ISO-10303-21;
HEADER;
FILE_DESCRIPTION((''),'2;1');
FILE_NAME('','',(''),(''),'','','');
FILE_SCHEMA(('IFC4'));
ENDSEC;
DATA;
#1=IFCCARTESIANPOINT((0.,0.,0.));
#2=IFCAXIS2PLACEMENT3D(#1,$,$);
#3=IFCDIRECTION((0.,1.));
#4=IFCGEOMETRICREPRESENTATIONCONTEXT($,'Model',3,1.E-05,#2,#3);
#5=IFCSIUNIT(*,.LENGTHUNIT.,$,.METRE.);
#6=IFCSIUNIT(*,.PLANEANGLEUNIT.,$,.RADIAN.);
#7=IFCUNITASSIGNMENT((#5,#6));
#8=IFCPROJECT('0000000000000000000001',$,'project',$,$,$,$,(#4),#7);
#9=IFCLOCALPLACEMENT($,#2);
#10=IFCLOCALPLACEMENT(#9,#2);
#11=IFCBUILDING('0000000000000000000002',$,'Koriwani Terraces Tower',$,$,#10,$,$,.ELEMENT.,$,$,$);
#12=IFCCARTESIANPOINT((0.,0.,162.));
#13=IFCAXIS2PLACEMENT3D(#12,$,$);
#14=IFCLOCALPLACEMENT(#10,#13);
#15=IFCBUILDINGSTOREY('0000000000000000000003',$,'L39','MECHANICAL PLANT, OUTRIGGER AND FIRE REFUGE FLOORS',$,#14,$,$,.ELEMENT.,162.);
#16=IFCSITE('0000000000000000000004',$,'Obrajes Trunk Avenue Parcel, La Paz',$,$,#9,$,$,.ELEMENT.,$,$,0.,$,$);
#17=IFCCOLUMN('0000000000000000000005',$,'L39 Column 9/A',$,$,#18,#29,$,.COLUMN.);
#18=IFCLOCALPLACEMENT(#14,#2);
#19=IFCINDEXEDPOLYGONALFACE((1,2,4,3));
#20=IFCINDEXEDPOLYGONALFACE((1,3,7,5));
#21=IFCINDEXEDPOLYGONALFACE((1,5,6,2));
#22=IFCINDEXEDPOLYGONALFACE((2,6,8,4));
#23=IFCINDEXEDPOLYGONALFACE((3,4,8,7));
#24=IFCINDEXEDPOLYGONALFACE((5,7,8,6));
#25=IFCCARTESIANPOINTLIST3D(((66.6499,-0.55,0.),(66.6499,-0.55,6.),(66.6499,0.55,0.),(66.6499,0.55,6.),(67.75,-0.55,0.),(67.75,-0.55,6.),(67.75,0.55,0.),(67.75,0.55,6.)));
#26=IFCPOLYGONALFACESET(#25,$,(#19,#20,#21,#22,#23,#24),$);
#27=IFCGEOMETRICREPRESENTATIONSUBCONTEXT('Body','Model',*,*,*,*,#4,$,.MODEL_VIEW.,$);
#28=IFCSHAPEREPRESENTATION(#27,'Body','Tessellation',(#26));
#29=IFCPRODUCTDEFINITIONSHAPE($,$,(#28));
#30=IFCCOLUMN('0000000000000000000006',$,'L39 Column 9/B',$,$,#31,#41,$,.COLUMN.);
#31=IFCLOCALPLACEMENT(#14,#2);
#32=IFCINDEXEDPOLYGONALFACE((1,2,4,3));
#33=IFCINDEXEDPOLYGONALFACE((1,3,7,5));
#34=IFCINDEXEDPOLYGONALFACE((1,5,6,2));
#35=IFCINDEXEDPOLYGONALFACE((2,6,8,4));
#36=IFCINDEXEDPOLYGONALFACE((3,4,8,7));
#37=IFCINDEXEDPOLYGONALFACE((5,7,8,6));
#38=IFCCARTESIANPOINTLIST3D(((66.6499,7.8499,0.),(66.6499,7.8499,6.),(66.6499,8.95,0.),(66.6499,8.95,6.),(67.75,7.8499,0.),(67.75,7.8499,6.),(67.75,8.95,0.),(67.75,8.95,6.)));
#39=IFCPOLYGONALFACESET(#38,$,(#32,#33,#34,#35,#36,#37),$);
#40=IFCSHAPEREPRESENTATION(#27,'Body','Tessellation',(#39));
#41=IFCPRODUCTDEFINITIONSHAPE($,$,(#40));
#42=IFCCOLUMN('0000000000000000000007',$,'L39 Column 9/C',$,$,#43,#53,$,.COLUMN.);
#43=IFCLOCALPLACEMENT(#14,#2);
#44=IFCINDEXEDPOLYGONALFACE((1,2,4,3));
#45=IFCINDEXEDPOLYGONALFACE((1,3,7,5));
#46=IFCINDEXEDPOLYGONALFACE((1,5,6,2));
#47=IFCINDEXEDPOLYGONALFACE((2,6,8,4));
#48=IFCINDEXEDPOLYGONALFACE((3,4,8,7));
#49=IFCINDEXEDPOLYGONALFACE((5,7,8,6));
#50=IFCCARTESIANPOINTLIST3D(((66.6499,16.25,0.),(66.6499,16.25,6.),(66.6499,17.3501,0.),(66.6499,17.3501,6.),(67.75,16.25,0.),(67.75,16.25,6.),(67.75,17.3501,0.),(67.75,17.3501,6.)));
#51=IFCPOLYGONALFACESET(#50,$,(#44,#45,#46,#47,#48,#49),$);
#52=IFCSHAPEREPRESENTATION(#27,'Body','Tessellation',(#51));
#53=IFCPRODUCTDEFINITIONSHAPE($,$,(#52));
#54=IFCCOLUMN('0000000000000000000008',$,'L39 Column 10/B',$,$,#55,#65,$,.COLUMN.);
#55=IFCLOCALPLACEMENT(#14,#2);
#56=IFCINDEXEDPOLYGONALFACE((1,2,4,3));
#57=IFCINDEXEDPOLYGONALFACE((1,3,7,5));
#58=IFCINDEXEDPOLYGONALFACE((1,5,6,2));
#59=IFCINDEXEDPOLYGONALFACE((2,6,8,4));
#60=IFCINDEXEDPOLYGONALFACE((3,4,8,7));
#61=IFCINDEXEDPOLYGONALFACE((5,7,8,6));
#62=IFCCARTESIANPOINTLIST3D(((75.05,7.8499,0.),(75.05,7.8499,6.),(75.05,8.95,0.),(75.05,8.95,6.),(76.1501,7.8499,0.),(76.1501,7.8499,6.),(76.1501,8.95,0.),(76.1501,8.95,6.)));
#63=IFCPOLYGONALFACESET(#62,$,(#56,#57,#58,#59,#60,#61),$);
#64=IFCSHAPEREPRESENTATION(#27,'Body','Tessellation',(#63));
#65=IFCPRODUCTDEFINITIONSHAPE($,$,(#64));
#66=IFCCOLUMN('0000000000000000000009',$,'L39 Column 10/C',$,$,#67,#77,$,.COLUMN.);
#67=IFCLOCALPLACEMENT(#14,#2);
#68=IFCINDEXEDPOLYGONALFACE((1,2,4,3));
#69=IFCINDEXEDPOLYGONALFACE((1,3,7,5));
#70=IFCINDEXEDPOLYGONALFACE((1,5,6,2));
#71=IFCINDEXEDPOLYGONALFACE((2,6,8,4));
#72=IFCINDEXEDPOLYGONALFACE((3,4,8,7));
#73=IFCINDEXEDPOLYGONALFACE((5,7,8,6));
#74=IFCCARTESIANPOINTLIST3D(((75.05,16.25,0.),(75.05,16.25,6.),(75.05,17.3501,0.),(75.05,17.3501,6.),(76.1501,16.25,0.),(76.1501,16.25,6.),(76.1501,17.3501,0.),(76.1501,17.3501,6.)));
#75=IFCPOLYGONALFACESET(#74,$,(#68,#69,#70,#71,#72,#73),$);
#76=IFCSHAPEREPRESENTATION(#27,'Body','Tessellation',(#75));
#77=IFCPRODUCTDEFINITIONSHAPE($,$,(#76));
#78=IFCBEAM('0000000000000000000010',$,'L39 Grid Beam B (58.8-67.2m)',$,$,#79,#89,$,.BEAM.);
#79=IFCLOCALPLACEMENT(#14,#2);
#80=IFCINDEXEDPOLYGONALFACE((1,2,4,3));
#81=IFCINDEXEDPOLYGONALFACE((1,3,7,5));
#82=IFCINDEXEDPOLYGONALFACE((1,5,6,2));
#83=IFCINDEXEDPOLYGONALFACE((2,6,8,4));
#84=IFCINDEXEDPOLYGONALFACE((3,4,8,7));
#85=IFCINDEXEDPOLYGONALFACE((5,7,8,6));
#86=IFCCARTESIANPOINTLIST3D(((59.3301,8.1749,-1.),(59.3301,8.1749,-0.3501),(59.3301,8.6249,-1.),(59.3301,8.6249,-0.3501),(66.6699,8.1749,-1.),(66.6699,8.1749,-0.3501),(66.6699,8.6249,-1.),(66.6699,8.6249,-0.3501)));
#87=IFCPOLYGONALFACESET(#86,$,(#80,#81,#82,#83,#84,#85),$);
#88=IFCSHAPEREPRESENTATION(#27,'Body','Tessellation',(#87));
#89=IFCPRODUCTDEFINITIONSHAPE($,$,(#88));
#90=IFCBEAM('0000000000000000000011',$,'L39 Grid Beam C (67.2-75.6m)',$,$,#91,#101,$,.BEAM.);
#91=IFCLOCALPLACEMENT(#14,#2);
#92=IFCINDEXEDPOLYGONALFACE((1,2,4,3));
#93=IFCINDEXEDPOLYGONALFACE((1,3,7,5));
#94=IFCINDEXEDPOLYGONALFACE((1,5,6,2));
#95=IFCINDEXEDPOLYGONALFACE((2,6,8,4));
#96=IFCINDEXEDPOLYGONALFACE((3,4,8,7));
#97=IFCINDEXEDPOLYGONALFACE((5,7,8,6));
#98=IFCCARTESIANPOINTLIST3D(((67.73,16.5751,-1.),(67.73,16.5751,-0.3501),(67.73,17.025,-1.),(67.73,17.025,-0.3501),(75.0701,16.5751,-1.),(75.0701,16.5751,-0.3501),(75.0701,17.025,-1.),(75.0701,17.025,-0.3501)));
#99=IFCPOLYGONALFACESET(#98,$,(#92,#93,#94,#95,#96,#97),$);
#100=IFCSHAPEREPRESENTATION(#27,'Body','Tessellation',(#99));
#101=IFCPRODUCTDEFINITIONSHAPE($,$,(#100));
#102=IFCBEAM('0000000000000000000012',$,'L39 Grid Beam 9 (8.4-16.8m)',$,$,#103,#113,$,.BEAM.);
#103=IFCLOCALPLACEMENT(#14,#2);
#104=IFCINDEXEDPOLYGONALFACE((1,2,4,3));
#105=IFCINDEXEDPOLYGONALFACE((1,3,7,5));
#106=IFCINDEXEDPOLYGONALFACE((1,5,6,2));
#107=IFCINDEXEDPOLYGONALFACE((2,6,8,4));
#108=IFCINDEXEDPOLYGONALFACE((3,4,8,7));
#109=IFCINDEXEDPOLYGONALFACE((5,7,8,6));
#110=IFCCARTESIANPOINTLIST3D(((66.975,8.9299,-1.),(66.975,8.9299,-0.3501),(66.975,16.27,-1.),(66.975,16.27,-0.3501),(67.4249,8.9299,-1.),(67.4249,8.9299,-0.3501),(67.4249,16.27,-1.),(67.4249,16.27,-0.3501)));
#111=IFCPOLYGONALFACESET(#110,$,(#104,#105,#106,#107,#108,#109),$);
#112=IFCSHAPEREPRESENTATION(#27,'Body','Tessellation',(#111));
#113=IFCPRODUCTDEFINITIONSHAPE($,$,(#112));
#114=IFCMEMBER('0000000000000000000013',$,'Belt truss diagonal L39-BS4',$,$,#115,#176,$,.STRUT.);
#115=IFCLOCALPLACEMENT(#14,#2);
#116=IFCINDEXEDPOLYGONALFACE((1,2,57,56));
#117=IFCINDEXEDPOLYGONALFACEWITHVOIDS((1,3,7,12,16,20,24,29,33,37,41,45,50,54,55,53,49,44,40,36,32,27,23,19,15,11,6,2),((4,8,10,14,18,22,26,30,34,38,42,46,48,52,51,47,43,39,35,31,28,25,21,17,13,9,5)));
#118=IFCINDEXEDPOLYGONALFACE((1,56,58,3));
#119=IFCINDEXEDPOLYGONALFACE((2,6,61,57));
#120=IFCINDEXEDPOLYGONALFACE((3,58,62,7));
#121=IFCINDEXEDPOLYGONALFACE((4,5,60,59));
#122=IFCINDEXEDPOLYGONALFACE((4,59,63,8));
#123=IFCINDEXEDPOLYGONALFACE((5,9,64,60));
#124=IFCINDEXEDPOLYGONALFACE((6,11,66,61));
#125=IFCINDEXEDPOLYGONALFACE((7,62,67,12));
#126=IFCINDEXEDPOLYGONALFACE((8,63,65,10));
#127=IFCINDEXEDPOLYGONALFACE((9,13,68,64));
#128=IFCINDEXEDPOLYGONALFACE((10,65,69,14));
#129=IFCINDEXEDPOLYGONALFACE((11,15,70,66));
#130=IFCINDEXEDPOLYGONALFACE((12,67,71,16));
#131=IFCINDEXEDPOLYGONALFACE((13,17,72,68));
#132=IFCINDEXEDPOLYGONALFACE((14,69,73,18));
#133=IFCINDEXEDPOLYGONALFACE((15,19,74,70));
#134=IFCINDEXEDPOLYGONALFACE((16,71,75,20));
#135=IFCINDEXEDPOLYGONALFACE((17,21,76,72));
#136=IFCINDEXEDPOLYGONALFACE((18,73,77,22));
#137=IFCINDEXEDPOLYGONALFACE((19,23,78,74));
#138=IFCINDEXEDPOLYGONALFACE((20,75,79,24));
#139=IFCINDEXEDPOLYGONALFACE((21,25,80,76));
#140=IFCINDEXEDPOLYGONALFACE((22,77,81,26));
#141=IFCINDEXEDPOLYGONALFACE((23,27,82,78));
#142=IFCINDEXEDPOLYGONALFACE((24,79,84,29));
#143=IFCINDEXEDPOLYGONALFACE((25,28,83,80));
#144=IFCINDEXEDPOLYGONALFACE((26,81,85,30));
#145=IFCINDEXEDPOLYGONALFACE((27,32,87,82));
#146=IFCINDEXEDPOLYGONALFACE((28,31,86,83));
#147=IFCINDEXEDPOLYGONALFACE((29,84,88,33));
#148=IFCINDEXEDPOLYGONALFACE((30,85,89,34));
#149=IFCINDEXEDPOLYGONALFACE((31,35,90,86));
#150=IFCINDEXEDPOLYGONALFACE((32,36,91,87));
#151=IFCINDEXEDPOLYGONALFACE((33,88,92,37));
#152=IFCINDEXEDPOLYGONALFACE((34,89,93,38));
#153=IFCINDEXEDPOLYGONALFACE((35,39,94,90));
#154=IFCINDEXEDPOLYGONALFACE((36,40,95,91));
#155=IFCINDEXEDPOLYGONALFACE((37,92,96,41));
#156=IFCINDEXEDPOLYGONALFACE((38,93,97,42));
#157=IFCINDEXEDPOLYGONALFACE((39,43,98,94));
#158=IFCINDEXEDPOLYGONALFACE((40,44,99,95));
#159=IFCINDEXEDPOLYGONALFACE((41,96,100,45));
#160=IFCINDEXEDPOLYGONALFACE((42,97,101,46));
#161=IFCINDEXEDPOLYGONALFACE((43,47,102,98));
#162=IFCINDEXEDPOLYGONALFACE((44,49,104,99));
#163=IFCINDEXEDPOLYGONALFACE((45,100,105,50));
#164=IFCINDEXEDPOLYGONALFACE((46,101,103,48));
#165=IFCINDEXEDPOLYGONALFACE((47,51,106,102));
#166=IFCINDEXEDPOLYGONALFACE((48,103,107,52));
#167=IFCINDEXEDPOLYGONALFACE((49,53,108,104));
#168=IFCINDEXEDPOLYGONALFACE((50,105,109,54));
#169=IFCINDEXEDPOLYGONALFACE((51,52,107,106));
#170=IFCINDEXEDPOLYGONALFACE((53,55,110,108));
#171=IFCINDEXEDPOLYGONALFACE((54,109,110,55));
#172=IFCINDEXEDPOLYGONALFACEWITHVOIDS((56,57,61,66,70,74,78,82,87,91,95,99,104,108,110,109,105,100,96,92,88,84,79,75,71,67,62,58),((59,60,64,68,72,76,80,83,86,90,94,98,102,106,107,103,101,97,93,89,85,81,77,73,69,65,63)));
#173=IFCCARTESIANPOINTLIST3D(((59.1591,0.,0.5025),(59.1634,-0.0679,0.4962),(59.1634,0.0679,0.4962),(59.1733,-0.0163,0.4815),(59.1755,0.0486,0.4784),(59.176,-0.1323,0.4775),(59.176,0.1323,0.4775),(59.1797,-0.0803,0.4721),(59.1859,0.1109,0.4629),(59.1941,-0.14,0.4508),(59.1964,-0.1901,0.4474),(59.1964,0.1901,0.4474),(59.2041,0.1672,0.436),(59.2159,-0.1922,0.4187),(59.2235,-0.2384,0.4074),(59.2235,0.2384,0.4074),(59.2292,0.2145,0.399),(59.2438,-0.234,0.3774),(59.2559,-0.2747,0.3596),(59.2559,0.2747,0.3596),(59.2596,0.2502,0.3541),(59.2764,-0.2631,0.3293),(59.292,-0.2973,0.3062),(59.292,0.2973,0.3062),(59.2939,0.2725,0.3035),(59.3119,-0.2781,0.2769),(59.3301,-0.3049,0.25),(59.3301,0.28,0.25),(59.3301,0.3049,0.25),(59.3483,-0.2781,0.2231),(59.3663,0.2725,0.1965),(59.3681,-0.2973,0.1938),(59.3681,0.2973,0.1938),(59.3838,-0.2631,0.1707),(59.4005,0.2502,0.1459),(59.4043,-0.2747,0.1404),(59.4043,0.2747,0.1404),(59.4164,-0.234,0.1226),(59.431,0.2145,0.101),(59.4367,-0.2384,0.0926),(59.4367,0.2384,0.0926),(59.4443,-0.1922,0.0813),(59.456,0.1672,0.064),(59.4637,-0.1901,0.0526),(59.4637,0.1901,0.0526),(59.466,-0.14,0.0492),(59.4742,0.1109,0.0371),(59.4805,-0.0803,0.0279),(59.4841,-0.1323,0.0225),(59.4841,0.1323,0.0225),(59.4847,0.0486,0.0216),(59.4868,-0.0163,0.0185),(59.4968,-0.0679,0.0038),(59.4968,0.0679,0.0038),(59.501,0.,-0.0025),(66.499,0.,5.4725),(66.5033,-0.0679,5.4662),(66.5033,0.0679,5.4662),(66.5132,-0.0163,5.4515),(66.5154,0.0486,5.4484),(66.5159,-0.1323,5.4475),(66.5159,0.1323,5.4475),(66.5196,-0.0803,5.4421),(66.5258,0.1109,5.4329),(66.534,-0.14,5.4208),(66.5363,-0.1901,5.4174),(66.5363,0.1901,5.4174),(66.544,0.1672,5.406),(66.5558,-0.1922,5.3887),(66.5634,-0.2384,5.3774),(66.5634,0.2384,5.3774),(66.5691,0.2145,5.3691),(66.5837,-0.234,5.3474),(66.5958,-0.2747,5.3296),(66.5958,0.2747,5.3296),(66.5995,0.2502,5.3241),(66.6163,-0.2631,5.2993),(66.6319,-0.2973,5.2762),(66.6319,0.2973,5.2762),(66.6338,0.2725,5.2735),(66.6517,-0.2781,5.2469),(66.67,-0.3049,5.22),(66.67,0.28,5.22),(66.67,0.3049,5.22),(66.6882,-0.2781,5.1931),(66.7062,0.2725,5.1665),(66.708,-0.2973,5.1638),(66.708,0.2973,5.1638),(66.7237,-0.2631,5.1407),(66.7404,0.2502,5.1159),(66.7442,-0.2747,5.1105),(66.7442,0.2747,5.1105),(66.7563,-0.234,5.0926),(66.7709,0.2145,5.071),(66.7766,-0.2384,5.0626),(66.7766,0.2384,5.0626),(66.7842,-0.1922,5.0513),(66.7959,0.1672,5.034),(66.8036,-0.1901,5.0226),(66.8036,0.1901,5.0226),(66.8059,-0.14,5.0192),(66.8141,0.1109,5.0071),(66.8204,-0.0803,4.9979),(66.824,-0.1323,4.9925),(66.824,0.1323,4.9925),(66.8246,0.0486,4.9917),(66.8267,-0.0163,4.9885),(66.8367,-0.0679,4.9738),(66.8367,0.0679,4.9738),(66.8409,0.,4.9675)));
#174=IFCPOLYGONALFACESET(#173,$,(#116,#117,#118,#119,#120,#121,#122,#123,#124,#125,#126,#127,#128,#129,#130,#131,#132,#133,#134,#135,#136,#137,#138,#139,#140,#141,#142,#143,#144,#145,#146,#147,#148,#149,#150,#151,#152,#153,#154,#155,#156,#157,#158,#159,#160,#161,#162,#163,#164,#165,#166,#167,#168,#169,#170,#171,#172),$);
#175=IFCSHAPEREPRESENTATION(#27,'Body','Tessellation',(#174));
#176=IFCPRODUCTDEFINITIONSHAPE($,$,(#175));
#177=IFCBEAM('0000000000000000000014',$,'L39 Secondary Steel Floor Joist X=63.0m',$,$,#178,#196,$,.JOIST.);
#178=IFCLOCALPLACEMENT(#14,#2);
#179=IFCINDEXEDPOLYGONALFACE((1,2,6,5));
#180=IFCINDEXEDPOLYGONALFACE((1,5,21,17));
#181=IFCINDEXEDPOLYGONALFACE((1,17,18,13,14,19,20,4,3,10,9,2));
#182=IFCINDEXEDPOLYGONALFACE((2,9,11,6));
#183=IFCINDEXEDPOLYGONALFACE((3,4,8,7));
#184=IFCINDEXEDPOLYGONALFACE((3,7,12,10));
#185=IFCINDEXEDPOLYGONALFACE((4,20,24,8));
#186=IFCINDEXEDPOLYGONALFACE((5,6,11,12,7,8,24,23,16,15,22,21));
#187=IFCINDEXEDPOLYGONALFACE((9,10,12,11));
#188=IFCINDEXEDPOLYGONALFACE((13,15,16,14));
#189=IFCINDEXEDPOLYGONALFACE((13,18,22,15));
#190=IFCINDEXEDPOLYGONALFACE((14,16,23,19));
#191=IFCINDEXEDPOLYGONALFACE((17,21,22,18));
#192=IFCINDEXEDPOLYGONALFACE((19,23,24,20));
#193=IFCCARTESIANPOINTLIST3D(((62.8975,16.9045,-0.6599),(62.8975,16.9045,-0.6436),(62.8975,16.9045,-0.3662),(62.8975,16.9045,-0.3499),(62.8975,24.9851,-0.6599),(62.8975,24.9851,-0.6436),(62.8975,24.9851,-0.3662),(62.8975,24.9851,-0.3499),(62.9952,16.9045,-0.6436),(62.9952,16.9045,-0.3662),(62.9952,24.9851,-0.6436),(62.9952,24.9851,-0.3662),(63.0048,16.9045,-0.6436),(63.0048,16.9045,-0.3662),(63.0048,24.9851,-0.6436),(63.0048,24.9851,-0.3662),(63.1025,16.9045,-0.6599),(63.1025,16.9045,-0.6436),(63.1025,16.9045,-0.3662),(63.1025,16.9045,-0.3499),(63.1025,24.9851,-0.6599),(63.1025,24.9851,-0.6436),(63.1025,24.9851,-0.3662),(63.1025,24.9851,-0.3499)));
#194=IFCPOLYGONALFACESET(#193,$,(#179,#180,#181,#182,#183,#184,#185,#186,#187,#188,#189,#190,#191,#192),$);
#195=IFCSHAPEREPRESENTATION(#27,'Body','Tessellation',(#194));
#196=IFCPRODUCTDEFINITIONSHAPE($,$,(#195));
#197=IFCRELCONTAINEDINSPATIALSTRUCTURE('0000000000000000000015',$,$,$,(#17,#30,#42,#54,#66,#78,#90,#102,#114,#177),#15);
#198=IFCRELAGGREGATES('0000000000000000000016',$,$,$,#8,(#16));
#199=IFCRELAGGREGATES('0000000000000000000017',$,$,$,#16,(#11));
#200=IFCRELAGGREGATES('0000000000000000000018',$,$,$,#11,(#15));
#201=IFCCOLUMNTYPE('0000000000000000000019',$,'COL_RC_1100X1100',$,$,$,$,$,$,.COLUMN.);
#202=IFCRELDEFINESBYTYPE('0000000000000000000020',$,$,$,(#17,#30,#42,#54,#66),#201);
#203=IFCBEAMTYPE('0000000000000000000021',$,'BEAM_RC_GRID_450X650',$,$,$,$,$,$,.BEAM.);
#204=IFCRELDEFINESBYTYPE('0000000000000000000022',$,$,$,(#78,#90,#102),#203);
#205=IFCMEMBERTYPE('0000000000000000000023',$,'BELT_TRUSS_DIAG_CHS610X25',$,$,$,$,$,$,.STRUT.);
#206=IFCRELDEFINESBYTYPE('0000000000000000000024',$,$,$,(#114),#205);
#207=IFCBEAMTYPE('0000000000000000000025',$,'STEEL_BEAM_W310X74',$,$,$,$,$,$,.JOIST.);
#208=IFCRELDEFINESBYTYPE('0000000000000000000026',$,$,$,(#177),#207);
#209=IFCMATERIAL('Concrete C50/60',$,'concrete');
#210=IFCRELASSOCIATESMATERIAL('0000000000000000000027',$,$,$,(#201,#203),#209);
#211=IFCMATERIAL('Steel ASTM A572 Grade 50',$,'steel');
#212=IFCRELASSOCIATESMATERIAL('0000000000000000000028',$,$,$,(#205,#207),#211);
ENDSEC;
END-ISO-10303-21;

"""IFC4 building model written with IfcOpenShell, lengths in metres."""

from ifc_helpers import new_model, si_unit, direction, frame, origin, origin_2d, place, context, subcontext, project, spatial, rectangle, hollow_circle, i_section, extrude, material, material_profile, profile_set, type_object, element, save


model = new_model("IFC4")

# Units and contexts
model_context = context("Model", 3, precision=1e-05, world=origin(), true_north=direction((0.0, 1.0)))
body_context = subcontext(model_context, "Body", "Model", "MODEL_VIEW")
ifc_project = project(units=[si_unit("LENGTHUNIT", "METRE"), si_unit("PLANEANGLEUNIT", "RADIAN")], contexts=[model_context])

# Site, building, storey
site_placement = place(None, origin())
site = spatial("IfcSite", under=ifc_project, at=site_placement, Name="Obrajes Trunk Avenue Parcel, La Paz", CompositionType="ELEMENT", RefElevation=0.0)
building_placement = place(site_placement, origin())
building = spatial("IfcBuilding", under=site, at=building_placement, Name="Koriwani Terraces Tower", CompositionType="ELEMENT")
storey_placement = place(building_placement, frame((0.0, 0.0, 162.0)))
storey = spatial("IfcBuildingStorey", under=building, at=storey_placement, Name="L39", Description="MECHANICAL PLANT, OUTRIGGER AND FIRE REFUGE FLOORS", CompositionType="ELEMENT", Elevation=162.0)

# Columns
ifc_material_1 = material(Name="Concrete C50/60", Category="concrete")
ifc_material_profile_1 = material_profile(ifc_material_1, rectangle(XDim=1.1001, YDim=1.1001, at=origin_2d()), Name="Concrete C50/60", Category="LoadBearing")
ifc_profile_set_1 = profile_set([ifc_material_profile_1], Name="Concrete C50/60")
column_type = type_object("IfcColumnType", Name="COL_RC_1100X1100", PredefinedType="COLUMN", material=ifc_profile_set_1)
for number, where, z_axis, x_axis, name in (
    (1, (67.2, 0.0, 0.0), (0.0, 0.0, 1.0), (1.0, 0.0, 0.0), "L39 Column 9/A"),
    (2, (67.2, 8.3999, 0.0), (0.0, 0.0, 1.0), (1.0, 0.0, 0.0), "L39 Column 9/B"),
    (3, (67.2, 16.8, 0.0), (0.0, 0.0, 1.0), (1.0, 0.0, 0.0), "L39 Column 9/C"),
    (4, (75.6001, 8.3999, 0.0), (0.0, 0.0, 1.0), (1.0, 0.0, 0.0), "L39 Column 10/B"),
    (5, (75.6001, 16.8, 0.0), (0.0, 0.0, 1.0), (1.0, 0.0, 0.0), "L39 Column 10/C"),
):
    element("IfcColumn", number, at=place(storey_placement, frame(where, z_axis=z_axis, x_axis=x_axis)), inside=storey, type_object=column_type, Name=name, PredefinedType="COLUMN", context=body_context, shape_type="SweptSolid", body=[
        extrude(rectangle(XDim=1.1001, YDim=1.1001, at=origin_2d()), origin(), (0.0, 0.0, 1.0), 6.0),
    ])

# Beams
ifc_material_profile_2 = material_profile(ifc_material_1, rectangle(XDim=0.45, YDim=0.6499, at=origin_2d()), Name="Concrete C50/60", Category="LoadBearing")
ifc_profile_set_2 = profile_set([ifc_material_profile_2], Name="Concrete C50/60")
beam_type_1 = type_object("IfcBeamType", Name="BEAM_RC_GRID_450X650", PredefinedType="BEAM", material=ifc_profile_set_2)
beam_1_placement = place(storey_placement, frame((59.3301, 8.3999, -0.675), z_axis=(1.0, 0.0, 0.0), x_axis=(0.0, 1.0, 0.0)))
element("IfcBeam", 6, at=beam_1_placement, inside=storey, type_object=beam_type_1, Name="L39 Grid Beam B (58.8-67.2m)", PredefinedType="BEAM", context=body_context, shape_type="SweptSolid", body=[
    extrude(rectangle(XDim=0.45, YDim=0.6499, at=origin_2d()), origin(), (0.0, 0.0, 1.0), 7.3398),
])
for number, where, z_axis, x_axis, name in (
    (7, (67.73, 16.8, -0.675), (1.0, 0.0, 0.0), (0.0, 1.0, 0.0), "L39 Grid Beam C (67.2-75.6m)"),
    (8, (67.2, 8.9299, -0.675), (0.0, 1.0, 0.0), (-1.0, 0.0, 0.0), "L39 Grid Beam 9 (8.4-16.8m)"),
):
    element("IfcBeam", number, at=place(storey_placement, frame(where, z_axis=z_axis, x_axis=x_axis)), inside=storey, type_object=beam_type_1, Name=name, PredefinedType="BEAM", context=body_context, shape_type="SweptSolid", body=[
        extrude(rectangle(XDim=0.45, YDim=0.6499, at=origin_2d()), origin(), (0.0, 0.0, 1.0), 7.3401),
    ])

# Member
ifc_material_2 = material(Name="Steel ASTM A572 Grade 50", Category="steel")
ifc_material_profile_3 = material_profile(ifc_material_2, hollow_circle(Radius=0.3049, WallThickness=0.0249, at=origin_2d()), Name="Steel ASTM A572 Grade 50", Category="LoadBearing")
ifc_profile_set_3 = profile_set([ifc_material_profile_3], Name="Steel ASTM A572 Grade 50")
member_type = type_object("IfcMemberType", Name="BELT_TRUSS_DIAG_CHS610X25", PredefinedType="STRUT", material=ifc_profile_set_3)
member_placement = place(storey_placement, frame((59.3301, 0.0, 0.25), z_axis=(0.828033, 0.0, 0.560679), x_axis=(0.0, 1.0, 0.0)))
element("IfcMember", 9, at=member_placement, inside=storey, type_object=member_type, Name="Belt truss diagonal L39-BS4", PredefinedType="STRUT", context=body_context, shape_type="SweptSolid", body=[
    extrude(hollow_circle(Radius=0.3049, WallThickness=0.0249, at=origin_2d()), origin(), (0.0, 0.0, 1.0), 8.8643),
])

# Beam
ifc_material_profile_4 = material_profile(ifc_material_2, i_section(OverallWidth=0.2051, OverallDepth=0.3101, WebThickness=0.0095, FlangeThickness=0.0164, at=origin_2d()), Name="Steel ASTM A572 Grade 50", Category="LoadBearing")
ifc_profile_set_4 = profile_set([ifc_material_profile_4], Name="Steel ASTM A572 Grade 50")
beam_type_2 = type_object("IfcBeamType", Name="STEEL_BEAM_W310X74", PredefinedType="JOIST", material=ifc_profile_set_4)
for number, where, z_axis, x_axis, name in (
    (10, (63.0, 16.9045, -0.5049), (0.0, 1.0, 0.0), (-1.0, 0.0, 0.0), "L39 Secondary Steel Floor Joist X=63.0m"),
):
    element("IfcBeam", number, at=place(storey_placement, frame(where, z_axis=z_axis, x_axis=x_axis)), inside=storey, type_object=beam_type_2, Name=name, PredefinedType="JOIST", context=body_context, shape_type="SweptSolid", body=[
        extrude(i_section(OverallWidth=0.2051, OverallDepth=0.3101, WebThickness=0.0095, FlangeThickness=0.0164, at=origin_2d()), origin(), (0.0, 0.0, 1.0), 8.0806),
    ])

save(model, "model.ifc")
